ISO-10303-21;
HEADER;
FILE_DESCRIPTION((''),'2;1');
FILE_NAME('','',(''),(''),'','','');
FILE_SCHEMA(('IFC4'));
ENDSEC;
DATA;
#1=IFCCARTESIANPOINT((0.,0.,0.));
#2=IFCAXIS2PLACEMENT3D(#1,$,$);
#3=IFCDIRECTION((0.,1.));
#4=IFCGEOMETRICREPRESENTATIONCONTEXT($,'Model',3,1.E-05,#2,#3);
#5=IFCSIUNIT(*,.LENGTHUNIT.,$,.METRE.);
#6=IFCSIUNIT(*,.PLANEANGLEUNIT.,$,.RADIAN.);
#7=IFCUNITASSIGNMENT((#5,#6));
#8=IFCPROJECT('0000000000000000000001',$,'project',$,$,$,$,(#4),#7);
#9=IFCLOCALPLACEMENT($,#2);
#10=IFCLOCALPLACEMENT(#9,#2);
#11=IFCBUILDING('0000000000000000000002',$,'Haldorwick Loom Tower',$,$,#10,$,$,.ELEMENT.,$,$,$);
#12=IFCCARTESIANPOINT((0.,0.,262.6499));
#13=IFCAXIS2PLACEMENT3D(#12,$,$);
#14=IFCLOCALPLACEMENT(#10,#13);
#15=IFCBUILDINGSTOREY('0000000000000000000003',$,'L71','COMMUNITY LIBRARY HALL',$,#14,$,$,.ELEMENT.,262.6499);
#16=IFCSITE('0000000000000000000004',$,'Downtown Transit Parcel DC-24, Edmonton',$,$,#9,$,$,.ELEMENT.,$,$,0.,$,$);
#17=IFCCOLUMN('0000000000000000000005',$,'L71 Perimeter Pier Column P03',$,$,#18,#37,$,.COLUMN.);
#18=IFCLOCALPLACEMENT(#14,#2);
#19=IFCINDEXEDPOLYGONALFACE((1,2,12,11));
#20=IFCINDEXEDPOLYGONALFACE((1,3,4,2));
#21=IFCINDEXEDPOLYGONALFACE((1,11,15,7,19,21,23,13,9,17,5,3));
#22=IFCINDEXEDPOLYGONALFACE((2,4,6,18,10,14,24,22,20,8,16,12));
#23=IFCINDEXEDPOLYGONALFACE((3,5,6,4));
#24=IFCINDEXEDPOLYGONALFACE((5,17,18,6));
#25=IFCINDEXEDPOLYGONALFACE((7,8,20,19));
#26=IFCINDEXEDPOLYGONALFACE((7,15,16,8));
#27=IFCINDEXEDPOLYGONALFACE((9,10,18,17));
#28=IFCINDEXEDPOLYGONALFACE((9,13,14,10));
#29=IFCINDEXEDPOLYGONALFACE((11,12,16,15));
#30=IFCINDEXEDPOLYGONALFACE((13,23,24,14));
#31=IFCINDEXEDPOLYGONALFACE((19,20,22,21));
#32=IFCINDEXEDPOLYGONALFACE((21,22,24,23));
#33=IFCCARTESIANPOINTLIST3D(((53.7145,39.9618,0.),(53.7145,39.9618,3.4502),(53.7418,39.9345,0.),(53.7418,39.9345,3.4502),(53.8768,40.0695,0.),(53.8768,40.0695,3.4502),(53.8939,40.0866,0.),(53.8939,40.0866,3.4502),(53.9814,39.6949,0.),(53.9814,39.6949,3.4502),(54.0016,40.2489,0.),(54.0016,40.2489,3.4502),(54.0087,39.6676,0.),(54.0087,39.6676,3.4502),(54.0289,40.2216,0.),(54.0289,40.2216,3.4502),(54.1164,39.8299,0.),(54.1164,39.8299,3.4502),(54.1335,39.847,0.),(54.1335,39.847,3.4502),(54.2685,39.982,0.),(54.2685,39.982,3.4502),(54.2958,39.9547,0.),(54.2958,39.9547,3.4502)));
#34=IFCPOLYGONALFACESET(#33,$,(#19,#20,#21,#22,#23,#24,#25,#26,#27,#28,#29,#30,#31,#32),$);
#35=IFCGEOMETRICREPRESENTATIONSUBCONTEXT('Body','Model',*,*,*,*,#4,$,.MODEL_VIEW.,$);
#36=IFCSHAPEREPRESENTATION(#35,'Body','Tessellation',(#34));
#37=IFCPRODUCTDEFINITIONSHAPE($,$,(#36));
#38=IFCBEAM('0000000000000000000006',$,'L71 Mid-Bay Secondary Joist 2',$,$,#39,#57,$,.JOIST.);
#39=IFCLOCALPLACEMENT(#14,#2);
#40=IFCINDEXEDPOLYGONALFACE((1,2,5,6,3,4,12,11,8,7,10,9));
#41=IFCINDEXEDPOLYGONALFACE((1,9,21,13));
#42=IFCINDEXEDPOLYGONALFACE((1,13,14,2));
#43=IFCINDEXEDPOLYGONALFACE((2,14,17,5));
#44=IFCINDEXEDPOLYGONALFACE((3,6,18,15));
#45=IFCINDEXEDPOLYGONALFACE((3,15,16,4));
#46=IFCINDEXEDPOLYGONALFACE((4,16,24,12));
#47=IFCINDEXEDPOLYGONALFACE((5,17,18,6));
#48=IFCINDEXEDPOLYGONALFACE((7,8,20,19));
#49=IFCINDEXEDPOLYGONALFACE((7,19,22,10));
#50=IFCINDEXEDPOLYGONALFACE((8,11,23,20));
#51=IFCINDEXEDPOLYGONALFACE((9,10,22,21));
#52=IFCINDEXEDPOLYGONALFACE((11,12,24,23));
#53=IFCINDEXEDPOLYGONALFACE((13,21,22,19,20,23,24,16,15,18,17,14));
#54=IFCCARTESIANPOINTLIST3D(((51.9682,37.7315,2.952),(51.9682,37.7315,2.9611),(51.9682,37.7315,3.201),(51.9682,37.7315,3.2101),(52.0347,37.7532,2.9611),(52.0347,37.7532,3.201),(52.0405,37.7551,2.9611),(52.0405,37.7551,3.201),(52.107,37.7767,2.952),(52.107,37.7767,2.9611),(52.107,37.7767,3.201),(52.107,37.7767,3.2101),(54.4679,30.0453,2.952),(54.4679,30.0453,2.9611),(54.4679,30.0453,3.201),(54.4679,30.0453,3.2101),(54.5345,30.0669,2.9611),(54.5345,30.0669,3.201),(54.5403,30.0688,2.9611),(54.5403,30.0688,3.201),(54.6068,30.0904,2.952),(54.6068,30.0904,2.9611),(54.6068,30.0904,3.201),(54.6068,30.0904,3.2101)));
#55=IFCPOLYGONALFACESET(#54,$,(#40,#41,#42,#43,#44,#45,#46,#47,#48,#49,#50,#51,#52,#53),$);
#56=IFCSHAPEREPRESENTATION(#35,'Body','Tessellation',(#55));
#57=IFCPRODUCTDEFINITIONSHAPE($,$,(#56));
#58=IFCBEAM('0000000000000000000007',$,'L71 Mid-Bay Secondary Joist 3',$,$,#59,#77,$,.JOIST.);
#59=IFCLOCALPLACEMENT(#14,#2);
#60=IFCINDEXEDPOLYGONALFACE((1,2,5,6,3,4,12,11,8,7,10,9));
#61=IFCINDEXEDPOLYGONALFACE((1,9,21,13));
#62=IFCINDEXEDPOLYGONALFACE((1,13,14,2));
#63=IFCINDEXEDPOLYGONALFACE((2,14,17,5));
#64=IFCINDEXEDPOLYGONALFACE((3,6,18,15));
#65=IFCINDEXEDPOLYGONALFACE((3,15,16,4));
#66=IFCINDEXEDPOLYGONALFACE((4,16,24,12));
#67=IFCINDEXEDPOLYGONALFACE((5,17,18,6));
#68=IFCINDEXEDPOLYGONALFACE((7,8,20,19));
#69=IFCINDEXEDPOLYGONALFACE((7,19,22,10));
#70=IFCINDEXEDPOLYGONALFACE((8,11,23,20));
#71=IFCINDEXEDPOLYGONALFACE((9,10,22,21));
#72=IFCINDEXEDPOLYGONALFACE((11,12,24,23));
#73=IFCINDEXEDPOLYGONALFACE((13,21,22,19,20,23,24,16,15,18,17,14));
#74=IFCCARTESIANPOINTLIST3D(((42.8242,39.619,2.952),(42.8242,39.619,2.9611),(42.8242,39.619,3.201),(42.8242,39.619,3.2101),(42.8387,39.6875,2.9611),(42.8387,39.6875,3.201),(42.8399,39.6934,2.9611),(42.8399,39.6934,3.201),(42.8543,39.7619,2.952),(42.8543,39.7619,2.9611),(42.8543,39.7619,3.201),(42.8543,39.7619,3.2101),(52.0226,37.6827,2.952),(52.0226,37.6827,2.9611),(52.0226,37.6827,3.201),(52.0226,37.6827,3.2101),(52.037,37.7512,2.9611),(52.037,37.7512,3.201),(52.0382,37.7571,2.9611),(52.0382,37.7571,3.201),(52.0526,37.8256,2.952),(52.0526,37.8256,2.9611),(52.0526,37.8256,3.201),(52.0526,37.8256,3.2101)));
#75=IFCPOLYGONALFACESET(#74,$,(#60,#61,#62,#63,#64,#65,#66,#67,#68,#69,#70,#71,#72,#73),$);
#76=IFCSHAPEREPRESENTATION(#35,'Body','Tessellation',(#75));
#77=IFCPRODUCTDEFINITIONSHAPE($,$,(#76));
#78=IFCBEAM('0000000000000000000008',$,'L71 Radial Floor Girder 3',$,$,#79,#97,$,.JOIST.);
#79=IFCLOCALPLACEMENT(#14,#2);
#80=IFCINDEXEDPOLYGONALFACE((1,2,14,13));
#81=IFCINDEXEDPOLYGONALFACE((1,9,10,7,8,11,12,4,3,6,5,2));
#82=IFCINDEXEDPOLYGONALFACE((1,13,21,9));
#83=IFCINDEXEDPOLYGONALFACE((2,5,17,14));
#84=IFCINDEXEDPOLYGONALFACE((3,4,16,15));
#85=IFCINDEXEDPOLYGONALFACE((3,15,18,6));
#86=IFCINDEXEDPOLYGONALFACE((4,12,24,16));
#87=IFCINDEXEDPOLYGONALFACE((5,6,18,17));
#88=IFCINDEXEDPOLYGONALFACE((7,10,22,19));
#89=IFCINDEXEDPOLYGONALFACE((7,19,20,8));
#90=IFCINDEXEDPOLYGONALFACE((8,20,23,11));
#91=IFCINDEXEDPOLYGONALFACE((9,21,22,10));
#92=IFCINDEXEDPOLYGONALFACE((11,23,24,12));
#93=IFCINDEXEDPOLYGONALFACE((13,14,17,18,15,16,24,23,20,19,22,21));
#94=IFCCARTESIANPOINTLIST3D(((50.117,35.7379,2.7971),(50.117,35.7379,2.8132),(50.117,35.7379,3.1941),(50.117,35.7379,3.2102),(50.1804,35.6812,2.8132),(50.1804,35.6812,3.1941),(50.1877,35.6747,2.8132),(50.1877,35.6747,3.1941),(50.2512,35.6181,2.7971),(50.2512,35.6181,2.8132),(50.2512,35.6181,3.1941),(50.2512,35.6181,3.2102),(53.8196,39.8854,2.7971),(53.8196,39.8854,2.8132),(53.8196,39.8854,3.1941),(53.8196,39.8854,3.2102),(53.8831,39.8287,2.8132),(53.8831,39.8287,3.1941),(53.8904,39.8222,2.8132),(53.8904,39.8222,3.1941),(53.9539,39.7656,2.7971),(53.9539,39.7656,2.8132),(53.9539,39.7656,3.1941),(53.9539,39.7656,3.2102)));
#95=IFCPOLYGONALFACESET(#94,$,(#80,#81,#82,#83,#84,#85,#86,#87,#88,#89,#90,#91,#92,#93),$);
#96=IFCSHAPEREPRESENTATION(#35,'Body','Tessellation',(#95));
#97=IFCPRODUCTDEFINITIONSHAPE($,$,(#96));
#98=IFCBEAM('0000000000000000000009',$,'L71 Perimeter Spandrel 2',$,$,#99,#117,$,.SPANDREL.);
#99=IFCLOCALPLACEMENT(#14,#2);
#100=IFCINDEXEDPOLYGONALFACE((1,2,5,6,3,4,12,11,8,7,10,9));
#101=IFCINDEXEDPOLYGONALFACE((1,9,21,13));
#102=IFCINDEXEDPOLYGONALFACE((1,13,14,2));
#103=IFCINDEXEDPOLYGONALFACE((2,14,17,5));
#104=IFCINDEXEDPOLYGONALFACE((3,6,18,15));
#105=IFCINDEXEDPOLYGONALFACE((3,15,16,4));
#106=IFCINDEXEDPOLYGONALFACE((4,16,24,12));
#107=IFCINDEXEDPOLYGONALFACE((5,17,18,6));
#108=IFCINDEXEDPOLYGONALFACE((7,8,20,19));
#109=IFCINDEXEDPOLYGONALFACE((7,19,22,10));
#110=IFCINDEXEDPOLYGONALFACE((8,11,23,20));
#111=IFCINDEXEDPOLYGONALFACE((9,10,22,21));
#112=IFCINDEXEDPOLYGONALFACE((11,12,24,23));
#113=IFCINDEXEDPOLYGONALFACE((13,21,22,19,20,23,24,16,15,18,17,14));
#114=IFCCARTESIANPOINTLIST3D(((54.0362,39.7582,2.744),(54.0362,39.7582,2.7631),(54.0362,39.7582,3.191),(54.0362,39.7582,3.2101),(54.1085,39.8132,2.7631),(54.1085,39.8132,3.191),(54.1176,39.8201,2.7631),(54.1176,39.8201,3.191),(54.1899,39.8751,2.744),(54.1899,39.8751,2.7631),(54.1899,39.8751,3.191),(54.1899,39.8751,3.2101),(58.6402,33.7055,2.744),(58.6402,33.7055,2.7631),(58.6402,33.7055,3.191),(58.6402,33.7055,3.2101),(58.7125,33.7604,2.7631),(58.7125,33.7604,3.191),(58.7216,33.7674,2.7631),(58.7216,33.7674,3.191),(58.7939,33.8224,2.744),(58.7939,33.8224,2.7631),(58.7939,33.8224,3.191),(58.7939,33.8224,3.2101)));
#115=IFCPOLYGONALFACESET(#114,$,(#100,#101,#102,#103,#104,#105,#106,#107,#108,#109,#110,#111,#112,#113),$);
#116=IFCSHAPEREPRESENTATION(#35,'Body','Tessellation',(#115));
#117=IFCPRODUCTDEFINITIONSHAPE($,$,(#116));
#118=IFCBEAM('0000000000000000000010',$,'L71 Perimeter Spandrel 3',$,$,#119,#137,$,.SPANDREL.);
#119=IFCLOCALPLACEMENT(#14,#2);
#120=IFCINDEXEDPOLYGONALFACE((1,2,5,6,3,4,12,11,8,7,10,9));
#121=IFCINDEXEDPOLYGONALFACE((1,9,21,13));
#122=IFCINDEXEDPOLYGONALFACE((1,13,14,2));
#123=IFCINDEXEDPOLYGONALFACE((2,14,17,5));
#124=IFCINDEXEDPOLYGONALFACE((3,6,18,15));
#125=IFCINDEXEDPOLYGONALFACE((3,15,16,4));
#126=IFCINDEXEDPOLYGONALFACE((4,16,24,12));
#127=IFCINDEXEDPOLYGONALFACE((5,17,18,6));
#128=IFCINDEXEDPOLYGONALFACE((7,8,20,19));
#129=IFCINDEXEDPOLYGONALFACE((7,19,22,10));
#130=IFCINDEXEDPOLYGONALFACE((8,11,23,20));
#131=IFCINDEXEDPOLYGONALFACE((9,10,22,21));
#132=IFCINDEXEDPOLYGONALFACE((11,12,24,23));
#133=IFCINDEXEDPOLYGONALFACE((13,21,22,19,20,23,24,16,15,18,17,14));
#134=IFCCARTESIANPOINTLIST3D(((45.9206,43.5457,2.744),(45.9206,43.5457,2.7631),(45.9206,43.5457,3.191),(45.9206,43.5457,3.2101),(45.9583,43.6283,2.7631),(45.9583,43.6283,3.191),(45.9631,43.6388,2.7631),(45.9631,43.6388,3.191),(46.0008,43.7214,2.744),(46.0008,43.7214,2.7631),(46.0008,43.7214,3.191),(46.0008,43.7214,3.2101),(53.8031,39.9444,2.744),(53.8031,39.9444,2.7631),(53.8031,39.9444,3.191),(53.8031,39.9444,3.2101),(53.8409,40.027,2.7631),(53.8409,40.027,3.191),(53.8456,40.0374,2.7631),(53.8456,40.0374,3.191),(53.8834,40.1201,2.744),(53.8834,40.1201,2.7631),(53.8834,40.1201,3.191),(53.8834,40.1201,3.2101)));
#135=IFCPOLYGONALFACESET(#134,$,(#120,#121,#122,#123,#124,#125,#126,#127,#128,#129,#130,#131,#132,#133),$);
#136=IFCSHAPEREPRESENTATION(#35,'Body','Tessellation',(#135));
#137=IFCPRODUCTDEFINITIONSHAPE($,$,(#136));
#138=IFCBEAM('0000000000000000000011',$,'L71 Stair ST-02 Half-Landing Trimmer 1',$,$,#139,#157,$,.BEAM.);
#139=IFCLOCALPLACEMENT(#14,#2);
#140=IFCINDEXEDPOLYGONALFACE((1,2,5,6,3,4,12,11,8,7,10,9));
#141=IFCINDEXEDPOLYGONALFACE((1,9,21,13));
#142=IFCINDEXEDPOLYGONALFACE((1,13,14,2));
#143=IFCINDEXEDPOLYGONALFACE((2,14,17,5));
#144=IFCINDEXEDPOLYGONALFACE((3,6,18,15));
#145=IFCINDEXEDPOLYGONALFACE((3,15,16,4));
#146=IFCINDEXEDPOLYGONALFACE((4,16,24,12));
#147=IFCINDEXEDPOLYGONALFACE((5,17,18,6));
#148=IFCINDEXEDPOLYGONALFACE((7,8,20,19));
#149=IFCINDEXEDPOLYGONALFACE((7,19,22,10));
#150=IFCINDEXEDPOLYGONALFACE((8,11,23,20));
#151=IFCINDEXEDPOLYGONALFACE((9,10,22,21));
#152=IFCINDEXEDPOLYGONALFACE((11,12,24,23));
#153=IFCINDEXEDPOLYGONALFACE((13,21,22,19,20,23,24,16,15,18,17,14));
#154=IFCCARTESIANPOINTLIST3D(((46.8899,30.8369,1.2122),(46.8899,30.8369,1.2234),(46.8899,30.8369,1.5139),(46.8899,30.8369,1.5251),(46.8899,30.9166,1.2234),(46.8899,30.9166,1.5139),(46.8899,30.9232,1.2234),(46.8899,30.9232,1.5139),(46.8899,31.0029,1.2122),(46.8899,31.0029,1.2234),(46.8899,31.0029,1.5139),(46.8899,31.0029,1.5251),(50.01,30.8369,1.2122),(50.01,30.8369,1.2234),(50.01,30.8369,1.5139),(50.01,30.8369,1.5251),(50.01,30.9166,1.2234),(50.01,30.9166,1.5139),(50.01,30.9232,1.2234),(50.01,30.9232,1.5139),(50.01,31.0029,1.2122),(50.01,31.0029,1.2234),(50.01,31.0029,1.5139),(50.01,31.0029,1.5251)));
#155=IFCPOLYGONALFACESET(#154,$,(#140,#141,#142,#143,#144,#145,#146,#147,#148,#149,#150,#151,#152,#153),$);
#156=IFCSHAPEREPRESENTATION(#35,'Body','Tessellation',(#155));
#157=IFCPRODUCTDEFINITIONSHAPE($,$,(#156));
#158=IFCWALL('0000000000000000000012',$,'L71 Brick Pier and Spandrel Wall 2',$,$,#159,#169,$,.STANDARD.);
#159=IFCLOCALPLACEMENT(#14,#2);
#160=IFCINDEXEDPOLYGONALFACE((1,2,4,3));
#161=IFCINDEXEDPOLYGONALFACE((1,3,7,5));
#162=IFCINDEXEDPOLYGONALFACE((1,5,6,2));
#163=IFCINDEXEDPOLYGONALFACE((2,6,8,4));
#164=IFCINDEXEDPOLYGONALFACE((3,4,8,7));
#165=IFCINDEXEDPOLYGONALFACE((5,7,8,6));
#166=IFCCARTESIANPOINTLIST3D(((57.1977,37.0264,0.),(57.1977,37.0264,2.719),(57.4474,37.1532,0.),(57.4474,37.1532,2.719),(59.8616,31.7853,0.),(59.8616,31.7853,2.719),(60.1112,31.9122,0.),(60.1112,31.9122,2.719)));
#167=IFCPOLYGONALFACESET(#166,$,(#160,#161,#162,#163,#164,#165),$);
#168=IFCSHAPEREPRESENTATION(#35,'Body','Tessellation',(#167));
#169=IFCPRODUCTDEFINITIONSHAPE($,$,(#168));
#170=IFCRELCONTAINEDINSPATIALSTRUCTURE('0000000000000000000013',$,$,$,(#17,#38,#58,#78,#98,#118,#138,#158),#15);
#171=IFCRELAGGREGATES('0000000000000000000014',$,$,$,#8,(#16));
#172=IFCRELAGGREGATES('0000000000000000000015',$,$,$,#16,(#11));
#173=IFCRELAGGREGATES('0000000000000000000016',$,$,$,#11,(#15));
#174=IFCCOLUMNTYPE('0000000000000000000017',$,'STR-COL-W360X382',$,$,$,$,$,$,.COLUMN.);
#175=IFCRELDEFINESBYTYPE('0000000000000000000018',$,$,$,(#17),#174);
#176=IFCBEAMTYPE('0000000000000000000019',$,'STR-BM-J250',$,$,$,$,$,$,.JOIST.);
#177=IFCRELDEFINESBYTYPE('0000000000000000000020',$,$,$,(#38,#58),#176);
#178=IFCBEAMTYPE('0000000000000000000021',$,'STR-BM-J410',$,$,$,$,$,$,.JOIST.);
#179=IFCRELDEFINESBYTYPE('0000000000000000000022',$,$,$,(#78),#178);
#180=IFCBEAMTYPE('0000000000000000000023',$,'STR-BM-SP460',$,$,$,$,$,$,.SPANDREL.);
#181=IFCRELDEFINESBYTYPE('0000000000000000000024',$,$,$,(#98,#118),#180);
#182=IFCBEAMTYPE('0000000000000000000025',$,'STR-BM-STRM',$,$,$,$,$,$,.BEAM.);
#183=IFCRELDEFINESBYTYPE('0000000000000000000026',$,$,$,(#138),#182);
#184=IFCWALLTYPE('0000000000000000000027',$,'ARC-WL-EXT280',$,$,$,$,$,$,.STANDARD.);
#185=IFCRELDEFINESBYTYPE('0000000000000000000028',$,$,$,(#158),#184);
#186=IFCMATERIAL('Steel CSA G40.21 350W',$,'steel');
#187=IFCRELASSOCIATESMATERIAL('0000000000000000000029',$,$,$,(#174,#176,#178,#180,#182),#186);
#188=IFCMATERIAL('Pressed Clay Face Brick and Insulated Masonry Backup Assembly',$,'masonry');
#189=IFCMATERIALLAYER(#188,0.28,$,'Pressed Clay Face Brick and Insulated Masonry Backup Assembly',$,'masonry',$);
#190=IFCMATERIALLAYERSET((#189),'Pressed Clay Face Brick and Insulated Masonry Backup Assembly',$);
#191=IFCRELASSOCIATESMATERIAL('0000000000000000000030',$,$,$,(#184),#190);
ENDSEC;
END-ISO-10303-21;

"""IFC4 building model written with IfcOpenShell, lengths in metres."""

from ifc_helpers import new_model, si_unit, direction, frame, frame_2d, origin, origin_2d, place, context, subcontext, project, spatial, rectangle, i_section, extrude, material, layer, layer_set, material_profile, profile_set, type_object, element, save


model = new_model("IFC4")

# Units and contexts
model_context = context("Model", 3, precision=1e-05, world=origin(), true_north=direction((0.0, 1.0)))
body_context = subcontext(model_context, "Body", "Model", "MODEL_VIEW")
ifc_project = project(units=[si_unit("LENGTHUNIT", "METRE"), si_unit("PLANEANGLEUNIT", "RADIAN")], contexts=[model_context])

# Site, building, storey
site_placement = place(None, origin())
site = spatial("IfcSite", under=ifc_project, at=site_placement, Name="Downtown Transit Parcel DC-24, Edmonton", CompositionType="ELEMENT", RefElevation=0.0)
building_placement = place(site_placement, origin())
building = spatial("IfcBuilding", under=site, at=building_placement, Name="Haldorwick Loom Tower", CompositionType="ELEMENT")
storey_placement = place(building_placement, frame((0.0, 0.0, 262.6499)))
storey = spatial("IfcBuildingStorey", under=building, at=storey_placement, Name="L71", Description="COMMUNITY LIBRARY HALL", CompositionType="ELEMENT", Elevation=262.6499)

# Column
ifc_material_1 = material(Name="Steel CSA G40.21 350W", Category="steel")
ifc_material_profile_1 = material_profile(ifc_material_1, i_section(OverallWidth=0.406, OverallDepth=0.416, WebThickness=0.0242, FlangeThickness=0.0386, at=origin_2d()), Name="W360X382", Category="steel")
ifc_profile_set_1 = profile_set([ifc_material_profile_1], Name="Steel CSA G40.21 350W")
column_type_1 = type_object("IfcColumnType", Name="STR-COL-W360X382", PredefinedType="COLUMN", material=ifc_profile_set_1)
column_1_placement = place(storey_placement, frame((54.0051, 39.9583, 0.0), z_axis=(0.0, 0.0, 1.0), x_axis=(0.707107, 0.707107, 0.0)))
element("IfcColumn", 1, at=column_1_placement, inside=storey, type_object=column_type_1, Name="L71 Perimeter Pier Column P03", PredefinedType="COLUMN", context=body_context, shape_type="SweptSolid", body=[
    extrude(i_section(OverallWidth=0.406, OverallDepth=0.416, WebThickness=0.0242, FlangeThickness=0.0386, at=origin_2d()), origin(), (0.0, 0.0, 1.0), 3.4502),
])

# Beams
ifc_material_profile_2 = material_profile(ifc_material_1, i_section(OverallWidth=0.146, OverallDepth=0.2581, WebThickness=0.0061, FlangeThickness=0.009, at=origin_2d()), Name="W250X33", Category="steel")
ifc_profile_set_2 = profile_set([ifc_material_profile_2], Name="Steel CSA G40.21 350W")
beam_type_1 = type_object("IfcBeamType", Name="STR-BM-J250", PredefinedType="JOIST", material=ifc_profile_set_2)
beam_1_placement = place(storey_placement, frame((54.5374, 30.0679, 3.0811), z_axis=(-0.309278, 0.950972, 0.0), x_axis=(-0.950972, -0.309278, 0.0)))
element("IfcBeam", 2, at=beam_1_placement, inside=storey, type_object=beam_type_1, Name="L71 Mid-Bay Secondary Joist 2", PredefinedType="JOIST", context=body_context, shape_type="SweptSolid", body=[
    extrude(i_section(OverallWidth=0.146, OverallDepth=0.2581, WebThickness=0.0061, FlangeThickness=0.009, at=origin_2d()), origin(), (0.0, 0.0, 1.0), 8.0825),
])
beam_2_placement = place(storey_placement, frame((52.0376, 37.7542, 3.0811), z_axis=(-0.978554, 0.205991, 0.0), x_axis=(-0.205991, -0.978554, 0.0)))
element("IfcBeam", 3, at=beam_2_placement, inside=storey, type_object=beam_type_1, Name="L71 Mid-Bay Secondary Joist 3", PredefinedType="JOIST", context=body_context, shape_type="SweptSolid", body=[
    extrude(i_section(OverallWidth=0.146, OverallDepth=0.2581, WebThickness=0.0061, FlangeThickness=0.009, at=origin_2d()), origin(), (0.0, 0.0, 1.0), 9.3999),
])
ifc_material_profile_3 = material_profile(ifc_material_1, i_section(OverallWidth=0.1799, OverallDepth=0.4131, WebThickness=0.0098, FlangeThickness=0.0161, at=origin_2d()), Name="W410X74", Category="steel")
ifc_profile_set_3 = profile_set([ifc_material_profile_3], Name="Steel CSA G40.21 350W")
beam_type_2 = type_object("IfcBeamType", Name="STR-BM-J410", PredefinedType="JOIST", material=ifc_profile_set_3)
beam_3_placement = place(storey_placement, frame((50.1841, 35.678, 3.0037), z_axis=(0.66597, 0.745978, 0.0), x_axis=(-0.745978, 0.66597, 0.0)))
element("IfcBeam", 4, at=beam_3_placement, inside=storey, type_object=beam_type_2, Name="L71 Radial Floor Girder 3", PredefinedType="JOIST", context=body_context, shape_type="SweptSolid", body=[
    extrude(i_section(OverallWidth=0.1799, OverallDepth=0.4131, WebThickness=0.0098, FlangeThickness=0.0161, at=origin_2d()), origin(), (0.0, 0.0, 1.0), 5.5598),
])
ifc_material_profile_4 = material_profile(ifc_material_1, i_section(OverallWidth=0.1931, OverallDepth=0.4661, WebThickness=0.0115, FlangeThickness=0.019, at=origin_2d()), Name="W460X97", Category="steel")
ifc_profile_set_4 = profile_set([ifc_material_profile_4], Name="Steel CSA G40.21 350W")
beam_type_3 = type_object("IfcBeamType", Name="STR-BM-SP460", PredefinedType="SPANDREL", material=ifc_profile_set_4)
beam_4_placement = place(storey_placement, frame((58.717, 33.7639, 2.9771), z_axis=(-0.60541, 0.795913, 0.0), x_axis=(-0.795913, -0.60541, 0.0)))
element("IfcBeam", 5, at=beam_4_placement, inside=storey, type_object=beam_type_3, Name="L71 Perimeter Spandrel 2", PredefinedType="SPANDREL", context=body_context, shape_type="SweptSolid", body=[
    extrude(i_section(OverallWidth=0.1931, OverallDepth=0.4661, WebThickness=0.0115, FlangeThickness=0.019, at=origin_2d()), origin(), (0.0, 0.0, 1.0), 7.6047),
])
beam_5_placement = place(storey_placement, frame((53.8433, 40.0322, 2.9771), z_axis=(-0.909568, 0.415555, 0.0), x_axis=(-0.415555, -0.909568, 0.0)))
element("IfcBeam", 6, at=beam_5_placement, inside=storey, type_object=beam_type_3, Name="L71 Perimeter Spandrel 3", PredefinedType="SPANDREL", context=body_context, shape_type="SweptSolid", body=[
    extrude(i_section(OverallWidth=0.1931, OverallDepth=0.4661, WebThickness=0.0115, FlangeThickness=0.019, at=origin_2d()), origin(), (0.0, 0.0, 1.0), 8.6663),
])
ifc_material_profile_5 = material_profile(ifc_material_1, i_section(OverallWidth=0.166, OverallDepth=0.313, WebThickness=0.0066, FlangeThickness=0.0112, at=origin_2d()), Name="W310X45", Category="steel")
ifc_profile_set_5 = profile_set([ifc_material_profile_5], Name="Steel CSA G40.21 350W")
beam_type_4 = type_object("IfcBeamType", Name="STR-BM-STRM", PredefinedType="BEAM", material=ifc_profile_set_5)
beam_6_placement = place(storey_placement, frame((46.8899, 30.9199, 1.3687), z_axis=(1.0, 0.0, 0.0), x_axis=(0.0, 1.0, 0.0)))
element("IfcBeam", 7, at=beam_6_placement, inside=storey, type_object=beam_type_4, Name="L71 Stair ST-02 Half-Landing Trimmer 1", PredefinedType="BEAM", context=body_context, shape_type="SweptSolid", body=[
    extrude(i_section(OverallWidth=0.166, OverallDepth=0.313, WebThickness=0.0066, FlangeThickness=0.0112, at=origin_2d()), origin(), (0.0, 0.0, 1.0), 3.1201),
])

# Wall
ifc_material_2 = material(Name="Pressed Clay Face Brick and Insulated Masonry Backup Assembly", Category="masonry")
ifc_layer_1 = layer(ifc_material_2, 0.28, Name="Pressed Clay Face Brick and Insulated Masonry Backup Assembly", Category="masonry")
ifc_layer_set_1 = layer_set([ifc_layer_1], Name="Pressed Clay Face Brick and Insulated Masonry Backup Assembly")
wall_type_1 = type_object("IfcWallType", Name="ARC-WL-EXT280", PredefinedType="STANDARD", material=ifc_layer_set_1)
wall_1_placement = place(storey_placement, frame((59.9863, 31.8489, 0.0), z_axis=(0.0, 0.0, 1.0), x_axis=(-0.453101, 0.891459, 0.0)))
element("IfcWall", 8, at=wall_1_placement, inside=storey, type_object=wall_type_1, Name="L71 Brick Pier and Spandrel Wall 2", PredefinedType="STANDARD", context=body_context, shape_type="SweptSolid", body=[
    extrude(rectangle(XDim=5.8792, YDim=0.28, at=frame_2d((2.9395, 0.0))), origin(), (0.0, 0.0, 1.0), 2.719),
])

save(model, "model.ifc")
